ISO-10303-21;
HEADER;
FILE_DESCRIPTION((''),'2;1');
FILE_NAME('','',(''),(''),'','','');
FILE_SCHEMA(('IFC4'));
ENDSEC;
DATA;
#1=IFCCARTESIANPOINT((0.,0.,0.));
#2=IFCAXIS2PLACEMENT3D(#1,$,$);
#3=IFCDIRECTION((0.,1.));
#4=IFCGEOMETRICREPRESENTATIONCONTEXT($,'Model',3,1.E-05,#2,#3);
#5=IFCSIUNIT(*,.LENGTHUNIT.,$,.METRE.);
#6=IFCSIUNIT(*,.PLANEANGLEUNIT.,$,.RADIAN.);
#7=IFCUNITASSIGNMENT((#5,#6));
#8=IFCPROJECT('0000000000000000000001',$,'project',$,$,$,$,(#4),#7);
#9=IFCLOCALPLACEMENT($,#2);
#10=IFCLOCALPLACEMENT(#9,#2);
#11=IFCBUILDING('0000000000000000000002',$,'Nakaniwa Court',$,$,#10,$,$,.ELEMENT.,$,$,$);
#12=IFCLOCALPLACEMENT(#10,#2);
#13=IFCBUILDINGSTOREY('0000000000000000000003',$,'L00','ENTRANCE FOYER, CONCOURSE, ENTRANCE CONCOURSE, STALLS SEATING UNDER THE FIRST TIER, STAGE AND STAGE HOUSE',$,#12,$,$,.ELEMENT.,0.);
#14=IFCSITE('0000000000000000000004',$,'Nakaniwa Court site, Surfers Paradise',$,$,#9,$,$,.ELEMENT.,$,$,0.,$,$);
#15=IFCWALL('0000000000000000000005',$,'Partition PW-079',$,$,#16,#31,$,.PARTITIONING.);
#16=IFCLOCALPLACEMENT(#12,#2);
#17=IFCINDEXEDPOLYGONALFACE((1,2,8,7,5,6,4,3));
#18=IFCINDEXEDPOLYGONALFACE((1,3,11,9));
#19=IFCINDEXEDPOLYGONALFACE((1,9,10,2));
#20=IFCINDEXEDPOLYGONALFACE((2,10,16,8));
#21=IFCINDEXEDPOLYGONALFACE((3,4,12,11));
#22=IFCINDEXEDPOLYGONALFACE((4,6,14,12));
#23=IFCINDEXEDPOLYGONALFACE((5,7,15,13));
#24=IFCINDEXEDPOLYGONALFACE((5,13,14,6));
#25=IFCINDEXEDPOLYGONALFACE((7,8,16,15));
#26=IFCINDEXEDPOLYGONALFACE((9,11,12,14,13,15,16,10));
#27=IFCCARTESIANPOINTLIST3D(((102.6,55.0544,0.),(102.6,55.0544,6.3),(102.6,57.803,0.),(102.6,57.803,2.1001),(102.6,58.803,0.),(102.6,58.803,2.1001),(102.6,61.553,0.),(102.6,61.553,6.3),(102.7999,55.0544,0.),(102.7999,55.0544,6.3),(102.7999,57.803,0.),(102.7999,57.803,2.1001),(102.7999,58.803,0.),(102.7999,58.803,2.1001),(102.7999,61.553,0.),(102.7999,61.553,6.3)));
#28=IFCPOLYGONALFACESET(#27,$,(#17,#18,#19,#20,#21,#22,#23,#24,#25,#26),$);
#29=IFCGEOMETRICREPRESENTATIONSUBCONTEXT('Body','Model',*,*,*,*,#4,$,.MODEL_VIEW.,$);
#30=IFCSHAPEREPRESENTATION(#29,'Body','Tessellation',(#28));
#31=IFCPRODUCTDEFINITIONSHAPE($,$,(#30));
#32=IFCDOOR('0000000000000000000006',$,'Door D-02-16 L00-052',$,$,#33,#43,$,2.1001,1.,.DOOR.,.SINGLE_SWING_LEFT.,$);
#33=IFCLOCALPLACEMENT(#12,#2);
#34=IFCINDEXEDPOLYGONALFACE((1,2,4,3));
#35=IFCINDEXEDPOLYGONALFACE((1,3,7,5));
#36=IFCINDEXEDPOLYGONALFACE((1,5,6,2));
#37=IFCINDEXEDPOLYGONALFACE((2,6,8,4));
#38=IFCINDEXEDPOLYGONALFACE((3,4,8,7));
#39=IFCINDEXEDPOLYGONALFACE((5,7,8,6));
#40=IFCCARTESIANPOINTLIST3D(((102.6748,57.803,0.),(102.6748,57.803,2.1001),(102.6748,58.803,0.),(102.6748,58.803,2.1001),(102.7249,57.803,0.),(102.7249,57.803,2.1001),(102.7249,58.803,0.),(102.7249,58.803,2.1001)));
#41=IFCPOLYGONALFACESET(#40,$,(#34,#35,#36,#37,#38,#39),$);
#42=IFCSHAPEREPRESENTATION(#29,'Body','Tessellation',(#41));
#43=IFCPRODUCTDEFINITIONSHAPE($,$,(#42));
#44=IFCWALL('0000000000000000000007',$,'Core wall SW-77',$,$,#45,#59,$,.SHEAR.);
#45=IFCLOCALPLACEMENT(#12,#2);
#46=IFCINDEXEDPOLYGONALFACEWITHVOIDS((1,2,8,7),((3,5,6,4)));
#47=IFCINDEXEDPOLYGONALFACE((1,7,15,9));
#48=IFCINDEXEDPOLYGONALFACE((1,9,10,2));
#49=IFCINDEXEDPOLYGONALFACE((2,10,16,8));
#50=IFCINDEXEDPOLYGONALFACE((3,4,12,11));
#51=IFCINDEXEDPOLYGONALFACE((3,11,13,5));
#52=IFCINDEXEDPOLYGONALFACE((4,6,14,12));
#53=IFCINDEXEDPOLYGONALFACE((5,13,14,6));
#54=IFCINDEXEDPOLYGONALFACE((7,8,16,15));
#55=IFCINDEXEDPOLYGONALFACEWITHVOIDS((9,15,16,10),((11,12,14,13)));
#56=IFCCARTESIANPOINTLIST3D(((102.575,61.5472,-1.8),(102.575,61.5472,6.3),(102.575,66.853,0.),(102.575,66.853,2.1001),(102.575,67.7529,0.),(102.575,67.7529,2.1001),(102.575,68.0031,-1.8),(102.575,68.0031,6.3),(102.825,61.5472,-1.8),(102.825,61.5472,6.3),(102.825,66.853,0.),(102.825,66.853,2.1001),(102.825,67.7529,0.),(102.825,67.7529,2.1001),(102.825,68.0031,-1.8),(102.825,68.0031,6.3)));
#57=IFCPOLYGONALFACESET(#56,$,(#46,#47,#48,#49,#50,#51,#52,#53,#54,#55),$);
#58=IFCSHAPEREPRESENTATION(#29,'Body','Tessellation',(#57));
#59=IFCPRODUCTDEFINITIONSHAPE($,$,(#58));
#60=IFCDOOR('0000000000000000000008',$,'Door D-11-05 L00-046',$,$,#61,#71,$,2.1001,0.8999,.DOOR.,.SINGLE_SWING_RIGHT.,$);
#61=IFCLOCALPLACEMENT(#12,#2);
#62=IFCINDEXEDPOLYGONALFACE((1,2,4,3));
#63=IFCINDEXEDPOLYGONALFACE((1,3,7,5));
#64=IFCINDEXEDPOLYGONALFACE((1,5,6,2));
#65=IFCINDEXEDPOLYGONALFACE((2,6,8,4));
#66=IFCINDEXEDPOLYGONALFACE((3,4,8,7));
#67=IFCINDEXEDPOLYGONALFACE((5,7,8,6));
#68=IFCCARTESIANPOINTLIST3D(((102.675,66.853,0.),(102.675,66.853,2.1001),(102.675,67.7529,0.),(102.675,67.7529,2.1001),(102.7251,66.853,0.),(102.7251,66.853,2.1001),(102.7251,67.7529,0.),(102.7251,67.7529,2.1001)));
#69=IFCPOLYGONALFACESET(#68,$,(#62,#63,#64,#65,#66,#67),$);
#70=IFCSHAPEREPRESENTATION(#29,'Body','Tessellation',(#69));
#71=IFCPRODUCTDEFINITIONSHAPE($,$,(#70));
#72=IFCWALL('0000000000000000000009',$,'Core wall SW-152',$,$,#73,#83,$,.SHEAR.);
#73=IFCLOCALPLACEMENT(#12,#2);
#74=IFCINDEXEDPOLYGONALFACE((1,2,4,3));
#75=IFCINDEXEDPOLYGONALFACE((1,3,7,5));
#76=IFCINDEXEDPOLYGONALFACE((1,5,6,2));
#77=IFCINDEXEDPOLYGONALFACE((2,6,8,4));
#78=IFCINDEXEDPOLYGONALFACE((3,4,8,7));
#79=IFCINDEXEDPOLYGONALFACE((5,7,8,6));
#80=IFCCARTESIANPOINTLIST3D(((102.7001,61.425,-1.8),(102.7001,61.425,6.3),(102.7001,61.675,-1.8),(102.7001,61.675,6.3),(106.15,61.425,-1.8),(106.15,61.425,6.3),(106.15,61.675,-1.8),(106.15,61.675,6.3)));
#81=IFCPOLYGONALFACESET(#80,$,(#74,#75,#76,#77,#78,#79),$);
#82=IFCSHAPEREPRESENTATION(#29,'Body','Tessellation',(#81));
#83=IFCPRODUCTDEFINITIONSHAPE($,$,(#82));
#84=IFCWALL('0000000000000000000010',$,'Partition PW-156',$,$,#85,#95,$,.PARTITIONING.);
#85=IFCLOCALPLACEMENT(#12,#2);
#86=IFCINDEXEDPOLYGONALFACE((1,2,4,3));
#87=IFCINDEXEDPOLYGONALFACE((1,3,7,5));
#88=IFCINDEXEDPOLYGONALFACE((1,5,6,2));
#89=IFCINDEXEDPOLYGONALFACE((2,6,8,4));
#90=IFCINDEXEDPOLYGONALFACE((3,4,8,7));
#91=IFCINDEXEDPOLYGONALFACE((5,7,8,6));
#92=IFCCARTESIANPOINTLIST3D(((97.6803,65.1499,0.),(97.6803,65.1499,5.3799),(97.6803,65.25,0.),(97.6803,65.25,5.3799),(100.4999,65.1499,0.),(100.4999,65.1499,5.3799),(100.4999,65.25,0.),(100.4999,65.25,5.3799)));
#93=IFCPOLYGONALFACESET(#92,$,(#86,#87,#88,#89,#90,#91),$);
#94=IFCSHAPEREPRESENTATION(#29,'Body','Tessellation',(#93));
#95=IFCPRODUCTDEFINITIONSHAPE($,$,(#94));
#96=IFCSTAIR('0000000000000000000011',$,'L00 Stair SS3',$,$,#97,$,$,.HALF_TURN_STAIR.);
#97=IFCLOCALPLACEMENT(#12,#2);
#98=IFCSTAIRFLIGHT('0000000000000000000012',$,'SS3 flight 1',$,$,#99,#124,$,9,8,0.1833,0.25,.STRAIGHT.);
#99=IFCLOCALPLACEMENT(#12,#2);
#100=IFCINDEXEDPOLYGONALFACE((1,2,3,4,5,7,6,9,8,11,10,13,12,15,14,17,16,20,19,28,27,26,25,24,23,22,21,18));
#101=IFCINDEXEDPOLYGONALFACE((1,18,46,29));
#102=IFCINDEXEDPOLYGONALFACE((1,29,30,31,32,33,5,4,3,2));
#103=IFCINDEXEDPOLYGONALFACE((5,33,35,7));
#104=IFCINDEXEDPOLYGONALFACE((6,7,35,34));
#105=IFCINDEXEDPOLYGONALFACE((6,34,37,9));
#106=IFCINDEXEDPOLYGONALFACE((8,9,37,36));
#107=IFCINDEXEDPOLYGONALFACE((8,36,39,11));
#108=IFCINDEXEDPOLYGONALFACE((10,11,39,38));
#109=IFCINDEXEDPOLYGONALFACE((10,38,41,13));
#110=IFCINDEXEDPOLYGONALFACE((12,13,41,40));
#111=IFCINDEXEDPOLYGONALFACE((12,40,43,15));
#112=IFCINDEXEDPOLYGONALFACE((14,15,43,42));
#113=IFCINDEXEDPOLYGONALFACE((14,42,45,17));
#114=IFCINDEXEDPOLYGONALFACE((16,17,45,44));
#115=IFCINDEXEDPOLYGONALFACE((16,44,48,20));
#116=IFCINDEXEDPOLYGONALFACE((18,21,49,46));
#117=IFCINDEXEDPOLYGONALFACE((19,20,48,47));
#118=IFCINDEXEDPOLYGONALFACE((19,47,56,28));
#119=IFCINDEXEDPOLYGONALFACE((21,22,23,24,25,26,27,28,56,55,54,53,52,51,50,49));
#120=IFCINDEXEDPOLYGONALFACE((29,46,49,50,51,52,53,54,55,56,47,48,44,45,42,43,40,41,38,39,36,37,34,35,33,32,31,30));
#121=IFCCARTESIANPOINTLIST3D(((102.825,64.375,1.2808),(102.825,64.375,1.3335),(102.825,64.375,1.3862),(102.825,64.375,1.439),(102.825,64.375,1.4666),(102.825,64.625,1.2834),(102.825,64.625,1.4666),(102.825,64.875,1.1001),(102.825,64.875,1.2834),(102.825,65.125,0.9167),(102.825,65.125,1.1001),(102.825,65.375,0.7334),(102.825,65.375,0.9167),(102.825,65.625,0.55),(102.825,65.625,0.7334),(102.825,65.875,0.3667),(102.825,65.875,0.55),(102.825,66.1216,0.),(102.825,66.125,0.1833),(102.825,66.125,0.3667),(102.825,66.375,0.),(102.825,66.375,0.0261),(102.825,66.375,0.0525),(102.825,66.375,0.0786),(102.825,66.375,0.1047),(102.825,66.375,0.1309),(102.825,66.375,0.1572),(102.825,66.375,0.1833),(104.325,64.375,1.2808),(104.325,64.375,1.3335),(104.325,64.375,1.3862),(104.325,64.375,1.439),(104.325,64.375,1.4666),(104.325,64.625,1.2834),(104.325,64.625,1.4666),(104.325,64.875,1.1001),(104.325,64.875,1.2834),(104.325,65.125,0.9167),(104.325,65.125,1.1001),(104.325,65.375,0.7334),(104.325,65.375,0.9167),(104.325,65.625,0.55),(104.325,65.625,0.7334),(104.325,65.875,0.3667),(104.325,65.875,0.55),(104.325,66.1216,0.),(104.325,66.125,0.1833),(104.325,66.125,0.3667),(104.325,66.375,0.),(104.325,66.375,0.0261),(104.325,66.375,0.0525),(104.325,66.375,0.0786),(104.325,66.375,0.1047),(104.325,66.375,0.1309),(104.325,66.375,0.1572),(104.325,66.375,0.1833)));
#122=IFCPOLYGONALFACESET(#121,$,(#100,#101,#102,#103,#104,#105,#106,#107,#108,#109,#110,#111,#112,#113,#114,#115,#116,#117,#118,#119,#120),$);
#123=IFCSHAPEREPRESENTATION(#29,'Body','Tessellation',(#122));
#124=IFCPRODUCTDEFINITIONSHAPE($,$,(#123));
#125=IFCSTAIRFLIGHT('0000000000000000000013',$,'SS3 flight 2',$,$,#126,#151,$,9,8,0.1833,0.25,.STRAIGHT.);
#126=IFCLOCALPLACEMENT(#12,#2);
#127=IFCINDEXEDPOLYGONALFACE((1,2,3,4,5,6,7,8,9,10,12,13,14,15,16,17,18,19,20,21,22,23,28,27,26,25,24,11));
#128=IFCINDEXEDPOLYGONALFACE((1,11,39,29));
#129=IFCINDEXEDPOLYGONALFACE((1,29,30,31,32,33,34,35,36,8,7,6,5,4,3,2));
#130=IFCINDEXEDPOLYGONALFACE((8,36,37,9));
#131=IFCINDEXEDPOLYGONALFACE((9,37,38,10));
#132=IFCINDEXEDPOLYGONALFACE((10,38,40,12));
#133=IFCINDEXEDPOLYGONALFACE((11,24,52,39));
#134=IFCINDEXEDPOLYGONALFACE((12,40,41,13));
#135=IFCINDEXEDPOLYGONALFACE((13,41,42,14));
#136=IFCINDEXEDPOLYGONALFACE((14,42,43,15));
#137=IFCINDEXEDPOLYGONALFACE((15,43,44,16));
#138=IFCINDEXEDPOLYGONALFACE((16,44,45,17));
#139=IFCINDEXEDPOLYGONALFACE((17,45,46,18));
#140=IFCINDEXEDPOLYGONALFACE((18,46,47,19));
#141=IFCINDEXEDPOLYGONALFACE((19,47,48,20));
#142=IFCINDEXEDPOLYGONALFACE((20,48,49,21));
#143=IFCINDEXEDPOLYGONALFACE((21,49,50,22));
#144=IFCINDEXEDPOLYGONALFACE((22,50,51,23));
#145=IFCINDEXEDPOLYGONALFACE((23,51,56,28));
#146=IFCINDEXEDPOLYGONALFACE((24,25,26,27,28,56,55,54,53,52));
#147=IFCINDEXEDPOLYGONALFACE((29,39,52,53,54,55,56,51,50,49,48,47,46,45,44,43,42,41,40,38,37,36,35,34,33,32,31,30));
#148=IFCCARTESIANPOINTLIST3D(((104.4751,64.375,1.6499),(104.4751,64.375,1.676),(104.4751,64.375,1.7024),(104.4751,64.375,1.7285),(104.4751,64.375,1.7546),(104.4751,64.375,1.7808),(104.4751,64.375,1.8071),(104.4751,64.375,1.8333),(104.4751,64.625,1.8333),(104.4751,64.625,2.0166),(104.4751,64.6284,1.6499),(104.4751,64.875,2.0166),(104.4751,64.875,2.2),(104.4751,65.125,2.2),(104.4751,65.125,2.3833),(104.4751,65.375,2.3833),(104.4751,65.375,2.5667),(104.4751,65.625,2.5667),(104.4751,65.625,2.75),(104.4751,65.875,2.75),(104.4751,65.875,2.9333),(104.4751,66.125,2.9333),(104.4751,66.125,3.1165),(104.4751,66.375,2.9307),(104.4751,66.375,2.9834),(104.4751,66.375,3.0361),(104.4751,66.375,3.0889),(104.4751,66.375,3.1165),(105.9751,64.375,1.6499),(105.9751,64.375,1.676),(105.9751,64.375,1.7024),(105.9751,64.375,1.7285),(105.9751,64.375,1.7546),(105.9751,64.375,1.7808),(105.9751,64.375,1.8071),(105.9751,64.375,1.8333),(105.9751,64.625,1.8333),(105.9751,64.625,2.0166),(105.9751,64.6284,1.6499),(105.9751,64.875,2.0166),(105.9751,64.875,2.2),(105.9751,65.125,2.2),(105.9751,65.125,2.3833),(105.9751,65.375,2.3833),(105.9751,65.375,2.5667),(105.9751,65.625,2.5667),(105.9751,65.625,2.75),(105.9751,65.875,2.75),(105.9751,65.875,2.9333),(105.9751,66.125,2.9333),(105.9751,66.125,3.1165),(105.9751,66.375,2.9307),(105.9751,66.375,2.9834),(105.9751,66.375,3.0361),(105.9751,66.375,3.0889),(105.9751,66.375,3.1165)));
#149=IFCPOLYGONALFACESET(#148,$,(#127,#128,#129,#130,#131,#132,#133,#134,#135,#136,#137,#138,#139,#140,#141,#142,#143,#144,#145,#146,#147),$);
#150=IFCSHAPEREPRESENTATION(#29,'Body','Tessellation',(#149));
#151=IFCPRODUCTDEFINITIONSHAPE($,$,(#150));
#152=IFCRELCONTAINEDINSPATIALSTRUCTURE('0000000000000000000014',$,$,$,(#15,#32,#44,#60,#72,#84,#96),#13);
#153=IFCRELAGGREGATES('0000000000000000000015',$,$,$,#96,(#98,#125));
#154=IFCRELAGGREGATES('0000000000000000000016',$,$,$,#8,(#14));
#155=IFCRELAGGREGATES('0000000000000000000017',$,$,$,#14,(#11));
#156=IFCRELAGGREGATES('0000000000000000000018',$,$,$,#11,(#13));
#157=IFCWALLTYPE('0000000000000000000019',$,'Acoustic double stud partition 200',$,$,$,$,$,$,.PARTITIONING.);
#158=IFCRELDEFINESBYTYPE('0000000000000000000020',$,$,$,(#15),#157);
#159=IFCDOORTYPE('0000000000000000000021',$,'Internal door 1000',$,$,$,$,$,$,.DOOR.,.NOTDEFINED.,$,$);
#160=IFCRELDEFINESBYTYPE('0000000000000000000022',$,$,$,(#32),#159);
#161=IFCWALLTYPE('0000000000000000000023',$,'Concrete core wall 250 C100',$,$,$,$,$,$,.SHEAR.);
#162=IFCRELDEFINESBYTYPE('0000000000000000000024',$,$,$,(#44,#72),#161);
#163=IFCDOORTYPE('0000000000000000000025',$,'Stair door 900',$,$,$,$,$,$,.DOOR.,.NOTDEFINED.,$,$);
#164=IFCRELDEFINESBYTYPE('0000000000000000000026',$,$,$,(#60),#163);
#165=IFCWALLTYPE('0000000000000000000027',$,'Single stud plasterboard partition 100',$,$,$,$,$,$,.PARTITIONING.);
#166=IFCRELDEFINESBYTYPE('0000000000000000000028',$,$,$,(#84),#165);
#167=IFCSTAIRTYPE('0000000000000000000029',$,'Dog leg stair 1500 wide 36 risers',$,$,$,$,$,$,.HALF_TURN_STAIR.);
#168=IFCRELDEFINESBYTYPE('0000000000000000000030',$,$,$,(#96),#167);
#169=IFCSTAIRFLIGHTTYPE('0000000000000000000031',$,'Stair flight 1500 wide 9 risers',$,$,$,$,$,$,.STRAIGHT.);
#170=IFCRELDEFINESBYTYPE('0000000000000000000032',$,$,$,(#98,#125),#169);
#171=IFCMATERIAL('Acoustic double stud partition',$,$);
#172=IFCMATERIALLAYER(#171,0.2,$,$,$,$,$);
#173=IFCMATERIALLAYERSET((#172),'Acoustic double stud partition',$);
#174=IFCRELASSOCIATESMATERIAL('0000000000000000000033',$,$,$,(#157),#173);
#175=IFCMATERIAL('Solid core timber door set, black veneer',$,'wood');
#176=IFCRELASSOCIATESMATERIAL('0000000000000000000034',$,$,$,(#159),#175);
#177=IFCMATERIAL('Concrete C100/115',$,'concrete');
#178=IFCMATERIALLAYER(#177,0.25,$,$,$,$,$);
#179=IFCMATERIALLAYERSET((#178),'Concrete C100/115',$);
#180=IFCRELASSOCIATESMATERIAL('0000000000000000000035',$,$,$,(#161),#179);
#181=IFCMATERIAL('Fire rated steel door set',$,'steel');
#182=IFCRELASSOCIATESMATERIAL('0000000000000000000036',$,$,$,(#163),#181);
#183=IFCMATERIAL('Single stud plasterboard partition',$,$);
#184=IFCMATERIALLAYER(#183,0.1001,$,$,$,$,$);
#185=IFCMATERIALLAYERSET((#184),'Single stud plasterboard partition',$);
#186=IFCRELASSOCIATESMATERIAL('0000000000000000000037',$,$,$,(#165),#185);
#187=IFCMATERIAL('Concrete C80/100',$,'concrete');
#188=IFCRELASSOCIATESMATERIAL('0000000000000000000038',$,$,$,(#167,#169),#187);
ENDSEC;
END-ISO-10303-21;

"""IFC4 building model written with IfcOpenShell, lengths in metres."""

from ifc_helpers import new_model, si_unit, direction, frame, frame_2d, origin, place, context, subcontext, project, spatial, polyline, rectangle, outline, extrude, material, layer, layer_set, type_object, element, fill, aggregate, save


model = new_model("IFC4")

# Units and contexts
model_context = context("Model", 3, precision=1e-05, world=origin(), true_north=direction((0.0, 1.0)))
body_context = subcontext(model_context, "Body", "Model", "MODEL_VIEW")
ifc_project = project(units=[si_unit("LENGTHUNIT", "METRE"), si_unit("PLANEANGLEUNIT", "RADIAN")], contexts=[model_context])

# Site, building, storey
site_placement = place(None, origin())
site = spatial("IfcSite", under=ifc_project, at=site_placement, Name="Nakaniwa Court site, Surfers Paradise", CompositionType="ELEMENT", RefElevation=0.0)
building_placement = place(site_placement, origin())
building = spatial("IfcBuilding", under=site, at=building_placement, Name="Nakaniwa Court", CompositionType="ELEMENT")
storey_placement = place(building_placement, origin())
storey = spatial("IfcBuildingStorey", under=building, at=storey_placement, Name="L00", Description="ENTRANCE FOYER, CONCOURSE, ENTRANCE CONCOURSE, STALLS SEATING UNDER THE FIRST TIER, STAGE AND STAGE HOUSE", CompositionType="ELEMENT", Elevation=0.0)

# Shared definitions
ifc_material_1 = material(Name="Concrete C100/115", Category="concrete")

# Walls, openings, doors
ifc_material_2 = material(Name="Acoustic double stud partition")
ifc_layer_1 = layer(ifc_material_2, 0.2)
ifc_layer_set_1 = layer_set([ifc_layer_1], Name="Acoustic double stud partition")
wall_type_1 = type_object("IfcWallType", Name="Acoustic double stud partition 200", PredefinedType="PARTITIONING", material=ifc_layer_set_1)
wall_1_placement = place(storey_placement, frame((102.7, 61.553, 0.0), z_axis=(0.0, 0.0, 1.0), x_axis=(0.0, -1.0, 0.0)))
wall_1 = element("IfcWall", 1, at=wall_1_placement, inside=storey, type_object=wall_type_1, Name="Partition PW-079", PredefinedType="PARTITIONING", context=body_context, shape_type="SweptSolid", body=[
    extrude(rectangle(XDim=6.4985, YDim=0.2, at=frame_2d((3.2493, 0.0))), origin(), (0.0, 0.0, 1.0), 6.3),
])
opening_1_placement = place(wall_1_placement, frame((2.75, 0.0, 0.0)))
opening_1 = element("IfcOpeningElement", 2, at=opening_1_placement, cuts=wall_1, PredefinedType="OPENING", context=body_context, shape_type="SweptSolid", body=[
    extrude(rectangle(XDim=1.0, YDim=2.1001, at=frame_2d((0.5, 1.05))), frame((0.0, 0.1099, 0.0), z_axis=(0.0, -1.0, 0.0), x_axis=(1.0, 0.0, 0.0)), (0.0, 0.0, 1.0), 0.22),
])
ifc_material_3 = material(Name="Solid core timber door set, black veneer", Category="wood")
door_type_1 = type_object("IfcDoorType", Name="Internal door 1000", OperationType="NOTDEFINED", PredefinedType="DOOR", material=ifc_material_3)
door_1_placement = place(opening_1_placement, origin())
door_1 = element("IfcDoor", 3, at=door_1_placement, inside=storey, type_object=door_type_1, Name="Door D-02-16 L00-052", OperationType="SINGLE_SWING_LEFT", OverallHeight=2.1001, OverallWidth=1.0, PredefinedType="DOOR", context=body_context, shape_type="SweptSolid", body=[
    extrude(rectangle(XDim=1.0, YDim=2.1001, at=frame_2d((0.5, 1.05))), frame((0.0, 0.0249, 0.0), z_axis=(0.0, -1.0, 0.0), x_axis=(1.0, 0.0, 0.0)), (0.0, 0.0, 1.0), 0.05),
])
fill(opening_1, door_1)
ifc_layer_2 = layer(ifc_material_1, 0.25)
ifc_layer_set_2 = layer_set([ifc_layer_2], Name="Concrete C100/115")
wall_type_2 = type_object("IfcWallType", Name="Concrete core wall 250 C100", PredefinedType="SHEAR", material=ifc_layer_set_2)
wall_2_placement = place(storey_placement, frame((102.7, 61.5471, -1.8), z_axis=(0.0, 0.0, 1.0), x_axis=(0.0, 1.0, 0.0)))
wall_2 = element("IfcWall", 4, at=wall_2_placement, inside=storey, type_object=wall_type_2, Name="Core wall SW-77", PredefinedType="SHEAR", context=body_context, shape_type="SweptSolid", body=[
    extrude(rectangle(XDim=6.4558, YDim=0.25, at=frame_2d((3.228, 0.0))), origin(), (0.0, 0.0, 1.0), 8.1001),
])
opening_2_placement = place(wall_2_placement, frame((5.3059, 0.0, 1.8)))
opening_2 = element("IfcOpeningElement", 5, at=opening_2_placement, cuts=wall_2, PredefinedType="OPENING", context=body_context, shape_type="SweptSolid", body=[
    extrude(rectangle(XDim=0.8999, YDim=2.1001, at=frame_2d((0.45, 1.05))), frame((0.0, 0.135, 0.0), z_axis=(0.0, -1.0, 0.0), x_axis=(1.0, 0.0, 0.0)), (0.0, 0.0, 1.0), 0.27),
])
ifc_material_4 = material(Name="Fire rated steel door set", Category="steel")
door_type_2 = type_object("IfcDoorType", Name="Stair door 900", OperationType="NOTDEFINED", PredefinedType="DOOR", material=ifc_material_4)
door_2_placement = place(opening_2_placement, origin())
door_2 = element("IfcDoor", 6, at=door_2_placement, inside=storey, type_object=door_type_2, Name="Door D-11-05 L00-046", OperationType="SINGLE_SWING_RIGHT", OverallHeight=2.1001, OverallWidth=0.8999, PredefinedType="DOOR", context=body_context, shape_type="SweptSolid", body=[
    extrude(rectangle(XDim=0.8999, YDim=2.1001, at=frame_2d((0.45, 1.05))), frame((0.0, 0.0249, 0.0), z_axis=(0.0, -1.0, 0.0), x_axis=(1.0, 0.0, 0.0)), (0.0, 0.0, 1.0), 0.05),
])
fill(opening_2, door_2)

# Walls
wall_3_placement = place(storey_placement, frame((102.7, 61.55, -1.8), z_axis=(0.0, 0.0, 1.0), x_axis=(1.0, 0.0, 0.0)))
element("IfcWall", 7, at=wall_3_placement, inside=storey, type_object=wall_type_2, Name="Core wall SW-152", PredefinedType="SHEAR", context=body_context, shape_type="SweptSolid", body=[
    extrude(rectangle(XDim=3.45, YDim=0.25, at=frame_2d((1.7251, 0.0))), origin(), (0.0, 0.0, 1.0), 8.1001),
])
ifc_material_5 = material(Name="Single stud plasterboard partition")
ifc_layer_3 = layer(ifc_material_5, 0.1001)
ifc_layer_set_3 = layer_set([ifc_layer_3], Name="Single stud plasterboard partition")
wall_type_3 = type_object("IfcWallType", Name="Single stud plasterboard partition 100", PredefinedType="PARTITIONING", material=ifc_layer_set_3)
wall_4_placement = place(storey_placement, frame((97.6804, 65.2, 0.0), z_axis=(0.0, 0.0, 1.0), x_axis=(1.0, 0.0, 0.0)))
element("IfcWall", 8, at=wall_4_placement, inside=storey, type_object=wall_type_3, Name="Partition PW-156", PredefinedType="PARTITIONING", context=body_context, shape_type="SweptSolid", body=[
    extrude(rectangle(XDim=2.8196, YDim=0.1001, at=frame_2d((1.4097, 0.0))), origin(), (0.0, 0.0, 1.0), 5.3799),
])

# Stair, stair flights
ifc_material_6 = material(Name="Concrete C80/100", Category="concrete")
stair_type = type_object("IfcStairType", Name="Dog leg stair 1500 wide 36 risers", PredefinedType="HALF_TURN_STAIR", material=ifc_material_6)
stair_placement = place(storey_placement, origin())
stair = element("IfcStair", 9, at=stair_placement, inside=storey, type_object=stair_type, Name="L00 Stair SS3", PredefinedType="HALF_TURN_STAIR")
stair_flight_type = type_object("IfcStairFlightType", Name="Stair flight 1500 wide 9 risers", PredefinedType="STRAIGHT", material=ifc_material_6)
stair_flight_1_placement = place(storey_placement, frame((103.575, 66.375, 0.0), z_axis=(0.0, 0.0, 1.0), x_axis=(0.0, -1.0, 0.0)))
stair_flight_1 = element("IfcStairFlight", 10, at=stair_flight_1_placement, type_object=stair_flight_type, Name="SS3 flight 1", NumberOfRisers=9, NumberOfTreads=8, PredefinedType="STRAIGHT", RiserHeight=0.1833, TreadLength=0.25, context=body_context, shape_type="SweptSolid", body=[
    extrude(outline(polyline([(0.0, 0.0), (0.0, 0.0261), (0.0, 0.0525), (0.0, 0.0786), (0.0, 0.1047), (0.0, 0.1309), (0.0, 0.1572), (0.0, 0.1833), (0.25, 0.1833), (0.25, 0.3667), (0.5, 0.3667), (0.5, 0.55), (0.75, 0.55), (0.75, 0.7334), (1.0, 0.7334), (1.0, 0.9167), (1.25, 0.9167), (1.25, 1.1001), (1.5, 1.1001), (1.5, 1.2834), (1.75, 1.2834), (1.75, 1.4666), (2.0, 1.4666), (2.0, 1.6499), (2.0, 1.5972), (2.0, 1.5444), (2.0, 1.4917), (2.0, 1.439), (2.0, 1.3862), (2.0, 1.3335), (2.0, 1.2808), (0.2534, 0.0), (0.0, 0.0)])), frame((0.0, 0.75, 0.0), z_axis=(0.0, -1.0, 0.0), x_axis=(1.0, 0.0, 0.0)), (0.0, 0.0, 1.0), 1.5),
])
stair_flight_2_placement = place(storey_placement, frame((105.2251, 64.375, 1.6499), z_axis=(0.0, 0.0, 1.0), x_axis=(0.0, 1.0, 0.0)))
stair_flight_2 = element("IfcStairFlight", 11, at=stair_flight_2_placement, type_object=stair_flight_type, Name="SS3 flight 2", NumberOfRisers=9, NumberOfTreads=8, PredefinedType="STRAIGHT", RiserHeight=0.1833, TreadLength=0.25, context=body_context, shape_type="SweptSolid", body=[
    extrude(outline(polyline([(0.0, 0.0), (0.0, 0.0261), (0.0, 0.0525), (0.0, 0.0786), (0.0, 0.1047), (0.0, 0.1309), (0.0, 0.1572), (0.0, 0.1833), (0.25, 0.1833), (0.25, 0.3667), (0.5, 0.3667), (0.5, 0.55), (0.75, 0.55), (0.75, 0.7334), (1.0, 0.7334), (1.0, 0.9167), (1.25, 0.9167), (1.25, 1.1001), (1.5, 1.1001), (1.5, 1.2834), (1.75, 1.2834), (1.75, 1.4666), (2.0, 1.4666), (2.0, 1.6499), (2.0, 1.5972), (2.0, 1.5444), (2.0, 1.4917), (2.0, 1.439), (2.0, 1.3862), (2.0, 1.3335), (2.0, 1.2808), (0.2534, 0.0), (0.0, 0.0)])), frame((0.0, 0.75, 0.0), z_axis=(0.0, -1.0, 0.0), x_axis=(1.0, 0.0, 0.0)), (0.0, 0.0, 1.0), 1.5),
])
aggregate(stair, [stair_flight_1, stair_flight_2])

save(model, "model.ifc")
